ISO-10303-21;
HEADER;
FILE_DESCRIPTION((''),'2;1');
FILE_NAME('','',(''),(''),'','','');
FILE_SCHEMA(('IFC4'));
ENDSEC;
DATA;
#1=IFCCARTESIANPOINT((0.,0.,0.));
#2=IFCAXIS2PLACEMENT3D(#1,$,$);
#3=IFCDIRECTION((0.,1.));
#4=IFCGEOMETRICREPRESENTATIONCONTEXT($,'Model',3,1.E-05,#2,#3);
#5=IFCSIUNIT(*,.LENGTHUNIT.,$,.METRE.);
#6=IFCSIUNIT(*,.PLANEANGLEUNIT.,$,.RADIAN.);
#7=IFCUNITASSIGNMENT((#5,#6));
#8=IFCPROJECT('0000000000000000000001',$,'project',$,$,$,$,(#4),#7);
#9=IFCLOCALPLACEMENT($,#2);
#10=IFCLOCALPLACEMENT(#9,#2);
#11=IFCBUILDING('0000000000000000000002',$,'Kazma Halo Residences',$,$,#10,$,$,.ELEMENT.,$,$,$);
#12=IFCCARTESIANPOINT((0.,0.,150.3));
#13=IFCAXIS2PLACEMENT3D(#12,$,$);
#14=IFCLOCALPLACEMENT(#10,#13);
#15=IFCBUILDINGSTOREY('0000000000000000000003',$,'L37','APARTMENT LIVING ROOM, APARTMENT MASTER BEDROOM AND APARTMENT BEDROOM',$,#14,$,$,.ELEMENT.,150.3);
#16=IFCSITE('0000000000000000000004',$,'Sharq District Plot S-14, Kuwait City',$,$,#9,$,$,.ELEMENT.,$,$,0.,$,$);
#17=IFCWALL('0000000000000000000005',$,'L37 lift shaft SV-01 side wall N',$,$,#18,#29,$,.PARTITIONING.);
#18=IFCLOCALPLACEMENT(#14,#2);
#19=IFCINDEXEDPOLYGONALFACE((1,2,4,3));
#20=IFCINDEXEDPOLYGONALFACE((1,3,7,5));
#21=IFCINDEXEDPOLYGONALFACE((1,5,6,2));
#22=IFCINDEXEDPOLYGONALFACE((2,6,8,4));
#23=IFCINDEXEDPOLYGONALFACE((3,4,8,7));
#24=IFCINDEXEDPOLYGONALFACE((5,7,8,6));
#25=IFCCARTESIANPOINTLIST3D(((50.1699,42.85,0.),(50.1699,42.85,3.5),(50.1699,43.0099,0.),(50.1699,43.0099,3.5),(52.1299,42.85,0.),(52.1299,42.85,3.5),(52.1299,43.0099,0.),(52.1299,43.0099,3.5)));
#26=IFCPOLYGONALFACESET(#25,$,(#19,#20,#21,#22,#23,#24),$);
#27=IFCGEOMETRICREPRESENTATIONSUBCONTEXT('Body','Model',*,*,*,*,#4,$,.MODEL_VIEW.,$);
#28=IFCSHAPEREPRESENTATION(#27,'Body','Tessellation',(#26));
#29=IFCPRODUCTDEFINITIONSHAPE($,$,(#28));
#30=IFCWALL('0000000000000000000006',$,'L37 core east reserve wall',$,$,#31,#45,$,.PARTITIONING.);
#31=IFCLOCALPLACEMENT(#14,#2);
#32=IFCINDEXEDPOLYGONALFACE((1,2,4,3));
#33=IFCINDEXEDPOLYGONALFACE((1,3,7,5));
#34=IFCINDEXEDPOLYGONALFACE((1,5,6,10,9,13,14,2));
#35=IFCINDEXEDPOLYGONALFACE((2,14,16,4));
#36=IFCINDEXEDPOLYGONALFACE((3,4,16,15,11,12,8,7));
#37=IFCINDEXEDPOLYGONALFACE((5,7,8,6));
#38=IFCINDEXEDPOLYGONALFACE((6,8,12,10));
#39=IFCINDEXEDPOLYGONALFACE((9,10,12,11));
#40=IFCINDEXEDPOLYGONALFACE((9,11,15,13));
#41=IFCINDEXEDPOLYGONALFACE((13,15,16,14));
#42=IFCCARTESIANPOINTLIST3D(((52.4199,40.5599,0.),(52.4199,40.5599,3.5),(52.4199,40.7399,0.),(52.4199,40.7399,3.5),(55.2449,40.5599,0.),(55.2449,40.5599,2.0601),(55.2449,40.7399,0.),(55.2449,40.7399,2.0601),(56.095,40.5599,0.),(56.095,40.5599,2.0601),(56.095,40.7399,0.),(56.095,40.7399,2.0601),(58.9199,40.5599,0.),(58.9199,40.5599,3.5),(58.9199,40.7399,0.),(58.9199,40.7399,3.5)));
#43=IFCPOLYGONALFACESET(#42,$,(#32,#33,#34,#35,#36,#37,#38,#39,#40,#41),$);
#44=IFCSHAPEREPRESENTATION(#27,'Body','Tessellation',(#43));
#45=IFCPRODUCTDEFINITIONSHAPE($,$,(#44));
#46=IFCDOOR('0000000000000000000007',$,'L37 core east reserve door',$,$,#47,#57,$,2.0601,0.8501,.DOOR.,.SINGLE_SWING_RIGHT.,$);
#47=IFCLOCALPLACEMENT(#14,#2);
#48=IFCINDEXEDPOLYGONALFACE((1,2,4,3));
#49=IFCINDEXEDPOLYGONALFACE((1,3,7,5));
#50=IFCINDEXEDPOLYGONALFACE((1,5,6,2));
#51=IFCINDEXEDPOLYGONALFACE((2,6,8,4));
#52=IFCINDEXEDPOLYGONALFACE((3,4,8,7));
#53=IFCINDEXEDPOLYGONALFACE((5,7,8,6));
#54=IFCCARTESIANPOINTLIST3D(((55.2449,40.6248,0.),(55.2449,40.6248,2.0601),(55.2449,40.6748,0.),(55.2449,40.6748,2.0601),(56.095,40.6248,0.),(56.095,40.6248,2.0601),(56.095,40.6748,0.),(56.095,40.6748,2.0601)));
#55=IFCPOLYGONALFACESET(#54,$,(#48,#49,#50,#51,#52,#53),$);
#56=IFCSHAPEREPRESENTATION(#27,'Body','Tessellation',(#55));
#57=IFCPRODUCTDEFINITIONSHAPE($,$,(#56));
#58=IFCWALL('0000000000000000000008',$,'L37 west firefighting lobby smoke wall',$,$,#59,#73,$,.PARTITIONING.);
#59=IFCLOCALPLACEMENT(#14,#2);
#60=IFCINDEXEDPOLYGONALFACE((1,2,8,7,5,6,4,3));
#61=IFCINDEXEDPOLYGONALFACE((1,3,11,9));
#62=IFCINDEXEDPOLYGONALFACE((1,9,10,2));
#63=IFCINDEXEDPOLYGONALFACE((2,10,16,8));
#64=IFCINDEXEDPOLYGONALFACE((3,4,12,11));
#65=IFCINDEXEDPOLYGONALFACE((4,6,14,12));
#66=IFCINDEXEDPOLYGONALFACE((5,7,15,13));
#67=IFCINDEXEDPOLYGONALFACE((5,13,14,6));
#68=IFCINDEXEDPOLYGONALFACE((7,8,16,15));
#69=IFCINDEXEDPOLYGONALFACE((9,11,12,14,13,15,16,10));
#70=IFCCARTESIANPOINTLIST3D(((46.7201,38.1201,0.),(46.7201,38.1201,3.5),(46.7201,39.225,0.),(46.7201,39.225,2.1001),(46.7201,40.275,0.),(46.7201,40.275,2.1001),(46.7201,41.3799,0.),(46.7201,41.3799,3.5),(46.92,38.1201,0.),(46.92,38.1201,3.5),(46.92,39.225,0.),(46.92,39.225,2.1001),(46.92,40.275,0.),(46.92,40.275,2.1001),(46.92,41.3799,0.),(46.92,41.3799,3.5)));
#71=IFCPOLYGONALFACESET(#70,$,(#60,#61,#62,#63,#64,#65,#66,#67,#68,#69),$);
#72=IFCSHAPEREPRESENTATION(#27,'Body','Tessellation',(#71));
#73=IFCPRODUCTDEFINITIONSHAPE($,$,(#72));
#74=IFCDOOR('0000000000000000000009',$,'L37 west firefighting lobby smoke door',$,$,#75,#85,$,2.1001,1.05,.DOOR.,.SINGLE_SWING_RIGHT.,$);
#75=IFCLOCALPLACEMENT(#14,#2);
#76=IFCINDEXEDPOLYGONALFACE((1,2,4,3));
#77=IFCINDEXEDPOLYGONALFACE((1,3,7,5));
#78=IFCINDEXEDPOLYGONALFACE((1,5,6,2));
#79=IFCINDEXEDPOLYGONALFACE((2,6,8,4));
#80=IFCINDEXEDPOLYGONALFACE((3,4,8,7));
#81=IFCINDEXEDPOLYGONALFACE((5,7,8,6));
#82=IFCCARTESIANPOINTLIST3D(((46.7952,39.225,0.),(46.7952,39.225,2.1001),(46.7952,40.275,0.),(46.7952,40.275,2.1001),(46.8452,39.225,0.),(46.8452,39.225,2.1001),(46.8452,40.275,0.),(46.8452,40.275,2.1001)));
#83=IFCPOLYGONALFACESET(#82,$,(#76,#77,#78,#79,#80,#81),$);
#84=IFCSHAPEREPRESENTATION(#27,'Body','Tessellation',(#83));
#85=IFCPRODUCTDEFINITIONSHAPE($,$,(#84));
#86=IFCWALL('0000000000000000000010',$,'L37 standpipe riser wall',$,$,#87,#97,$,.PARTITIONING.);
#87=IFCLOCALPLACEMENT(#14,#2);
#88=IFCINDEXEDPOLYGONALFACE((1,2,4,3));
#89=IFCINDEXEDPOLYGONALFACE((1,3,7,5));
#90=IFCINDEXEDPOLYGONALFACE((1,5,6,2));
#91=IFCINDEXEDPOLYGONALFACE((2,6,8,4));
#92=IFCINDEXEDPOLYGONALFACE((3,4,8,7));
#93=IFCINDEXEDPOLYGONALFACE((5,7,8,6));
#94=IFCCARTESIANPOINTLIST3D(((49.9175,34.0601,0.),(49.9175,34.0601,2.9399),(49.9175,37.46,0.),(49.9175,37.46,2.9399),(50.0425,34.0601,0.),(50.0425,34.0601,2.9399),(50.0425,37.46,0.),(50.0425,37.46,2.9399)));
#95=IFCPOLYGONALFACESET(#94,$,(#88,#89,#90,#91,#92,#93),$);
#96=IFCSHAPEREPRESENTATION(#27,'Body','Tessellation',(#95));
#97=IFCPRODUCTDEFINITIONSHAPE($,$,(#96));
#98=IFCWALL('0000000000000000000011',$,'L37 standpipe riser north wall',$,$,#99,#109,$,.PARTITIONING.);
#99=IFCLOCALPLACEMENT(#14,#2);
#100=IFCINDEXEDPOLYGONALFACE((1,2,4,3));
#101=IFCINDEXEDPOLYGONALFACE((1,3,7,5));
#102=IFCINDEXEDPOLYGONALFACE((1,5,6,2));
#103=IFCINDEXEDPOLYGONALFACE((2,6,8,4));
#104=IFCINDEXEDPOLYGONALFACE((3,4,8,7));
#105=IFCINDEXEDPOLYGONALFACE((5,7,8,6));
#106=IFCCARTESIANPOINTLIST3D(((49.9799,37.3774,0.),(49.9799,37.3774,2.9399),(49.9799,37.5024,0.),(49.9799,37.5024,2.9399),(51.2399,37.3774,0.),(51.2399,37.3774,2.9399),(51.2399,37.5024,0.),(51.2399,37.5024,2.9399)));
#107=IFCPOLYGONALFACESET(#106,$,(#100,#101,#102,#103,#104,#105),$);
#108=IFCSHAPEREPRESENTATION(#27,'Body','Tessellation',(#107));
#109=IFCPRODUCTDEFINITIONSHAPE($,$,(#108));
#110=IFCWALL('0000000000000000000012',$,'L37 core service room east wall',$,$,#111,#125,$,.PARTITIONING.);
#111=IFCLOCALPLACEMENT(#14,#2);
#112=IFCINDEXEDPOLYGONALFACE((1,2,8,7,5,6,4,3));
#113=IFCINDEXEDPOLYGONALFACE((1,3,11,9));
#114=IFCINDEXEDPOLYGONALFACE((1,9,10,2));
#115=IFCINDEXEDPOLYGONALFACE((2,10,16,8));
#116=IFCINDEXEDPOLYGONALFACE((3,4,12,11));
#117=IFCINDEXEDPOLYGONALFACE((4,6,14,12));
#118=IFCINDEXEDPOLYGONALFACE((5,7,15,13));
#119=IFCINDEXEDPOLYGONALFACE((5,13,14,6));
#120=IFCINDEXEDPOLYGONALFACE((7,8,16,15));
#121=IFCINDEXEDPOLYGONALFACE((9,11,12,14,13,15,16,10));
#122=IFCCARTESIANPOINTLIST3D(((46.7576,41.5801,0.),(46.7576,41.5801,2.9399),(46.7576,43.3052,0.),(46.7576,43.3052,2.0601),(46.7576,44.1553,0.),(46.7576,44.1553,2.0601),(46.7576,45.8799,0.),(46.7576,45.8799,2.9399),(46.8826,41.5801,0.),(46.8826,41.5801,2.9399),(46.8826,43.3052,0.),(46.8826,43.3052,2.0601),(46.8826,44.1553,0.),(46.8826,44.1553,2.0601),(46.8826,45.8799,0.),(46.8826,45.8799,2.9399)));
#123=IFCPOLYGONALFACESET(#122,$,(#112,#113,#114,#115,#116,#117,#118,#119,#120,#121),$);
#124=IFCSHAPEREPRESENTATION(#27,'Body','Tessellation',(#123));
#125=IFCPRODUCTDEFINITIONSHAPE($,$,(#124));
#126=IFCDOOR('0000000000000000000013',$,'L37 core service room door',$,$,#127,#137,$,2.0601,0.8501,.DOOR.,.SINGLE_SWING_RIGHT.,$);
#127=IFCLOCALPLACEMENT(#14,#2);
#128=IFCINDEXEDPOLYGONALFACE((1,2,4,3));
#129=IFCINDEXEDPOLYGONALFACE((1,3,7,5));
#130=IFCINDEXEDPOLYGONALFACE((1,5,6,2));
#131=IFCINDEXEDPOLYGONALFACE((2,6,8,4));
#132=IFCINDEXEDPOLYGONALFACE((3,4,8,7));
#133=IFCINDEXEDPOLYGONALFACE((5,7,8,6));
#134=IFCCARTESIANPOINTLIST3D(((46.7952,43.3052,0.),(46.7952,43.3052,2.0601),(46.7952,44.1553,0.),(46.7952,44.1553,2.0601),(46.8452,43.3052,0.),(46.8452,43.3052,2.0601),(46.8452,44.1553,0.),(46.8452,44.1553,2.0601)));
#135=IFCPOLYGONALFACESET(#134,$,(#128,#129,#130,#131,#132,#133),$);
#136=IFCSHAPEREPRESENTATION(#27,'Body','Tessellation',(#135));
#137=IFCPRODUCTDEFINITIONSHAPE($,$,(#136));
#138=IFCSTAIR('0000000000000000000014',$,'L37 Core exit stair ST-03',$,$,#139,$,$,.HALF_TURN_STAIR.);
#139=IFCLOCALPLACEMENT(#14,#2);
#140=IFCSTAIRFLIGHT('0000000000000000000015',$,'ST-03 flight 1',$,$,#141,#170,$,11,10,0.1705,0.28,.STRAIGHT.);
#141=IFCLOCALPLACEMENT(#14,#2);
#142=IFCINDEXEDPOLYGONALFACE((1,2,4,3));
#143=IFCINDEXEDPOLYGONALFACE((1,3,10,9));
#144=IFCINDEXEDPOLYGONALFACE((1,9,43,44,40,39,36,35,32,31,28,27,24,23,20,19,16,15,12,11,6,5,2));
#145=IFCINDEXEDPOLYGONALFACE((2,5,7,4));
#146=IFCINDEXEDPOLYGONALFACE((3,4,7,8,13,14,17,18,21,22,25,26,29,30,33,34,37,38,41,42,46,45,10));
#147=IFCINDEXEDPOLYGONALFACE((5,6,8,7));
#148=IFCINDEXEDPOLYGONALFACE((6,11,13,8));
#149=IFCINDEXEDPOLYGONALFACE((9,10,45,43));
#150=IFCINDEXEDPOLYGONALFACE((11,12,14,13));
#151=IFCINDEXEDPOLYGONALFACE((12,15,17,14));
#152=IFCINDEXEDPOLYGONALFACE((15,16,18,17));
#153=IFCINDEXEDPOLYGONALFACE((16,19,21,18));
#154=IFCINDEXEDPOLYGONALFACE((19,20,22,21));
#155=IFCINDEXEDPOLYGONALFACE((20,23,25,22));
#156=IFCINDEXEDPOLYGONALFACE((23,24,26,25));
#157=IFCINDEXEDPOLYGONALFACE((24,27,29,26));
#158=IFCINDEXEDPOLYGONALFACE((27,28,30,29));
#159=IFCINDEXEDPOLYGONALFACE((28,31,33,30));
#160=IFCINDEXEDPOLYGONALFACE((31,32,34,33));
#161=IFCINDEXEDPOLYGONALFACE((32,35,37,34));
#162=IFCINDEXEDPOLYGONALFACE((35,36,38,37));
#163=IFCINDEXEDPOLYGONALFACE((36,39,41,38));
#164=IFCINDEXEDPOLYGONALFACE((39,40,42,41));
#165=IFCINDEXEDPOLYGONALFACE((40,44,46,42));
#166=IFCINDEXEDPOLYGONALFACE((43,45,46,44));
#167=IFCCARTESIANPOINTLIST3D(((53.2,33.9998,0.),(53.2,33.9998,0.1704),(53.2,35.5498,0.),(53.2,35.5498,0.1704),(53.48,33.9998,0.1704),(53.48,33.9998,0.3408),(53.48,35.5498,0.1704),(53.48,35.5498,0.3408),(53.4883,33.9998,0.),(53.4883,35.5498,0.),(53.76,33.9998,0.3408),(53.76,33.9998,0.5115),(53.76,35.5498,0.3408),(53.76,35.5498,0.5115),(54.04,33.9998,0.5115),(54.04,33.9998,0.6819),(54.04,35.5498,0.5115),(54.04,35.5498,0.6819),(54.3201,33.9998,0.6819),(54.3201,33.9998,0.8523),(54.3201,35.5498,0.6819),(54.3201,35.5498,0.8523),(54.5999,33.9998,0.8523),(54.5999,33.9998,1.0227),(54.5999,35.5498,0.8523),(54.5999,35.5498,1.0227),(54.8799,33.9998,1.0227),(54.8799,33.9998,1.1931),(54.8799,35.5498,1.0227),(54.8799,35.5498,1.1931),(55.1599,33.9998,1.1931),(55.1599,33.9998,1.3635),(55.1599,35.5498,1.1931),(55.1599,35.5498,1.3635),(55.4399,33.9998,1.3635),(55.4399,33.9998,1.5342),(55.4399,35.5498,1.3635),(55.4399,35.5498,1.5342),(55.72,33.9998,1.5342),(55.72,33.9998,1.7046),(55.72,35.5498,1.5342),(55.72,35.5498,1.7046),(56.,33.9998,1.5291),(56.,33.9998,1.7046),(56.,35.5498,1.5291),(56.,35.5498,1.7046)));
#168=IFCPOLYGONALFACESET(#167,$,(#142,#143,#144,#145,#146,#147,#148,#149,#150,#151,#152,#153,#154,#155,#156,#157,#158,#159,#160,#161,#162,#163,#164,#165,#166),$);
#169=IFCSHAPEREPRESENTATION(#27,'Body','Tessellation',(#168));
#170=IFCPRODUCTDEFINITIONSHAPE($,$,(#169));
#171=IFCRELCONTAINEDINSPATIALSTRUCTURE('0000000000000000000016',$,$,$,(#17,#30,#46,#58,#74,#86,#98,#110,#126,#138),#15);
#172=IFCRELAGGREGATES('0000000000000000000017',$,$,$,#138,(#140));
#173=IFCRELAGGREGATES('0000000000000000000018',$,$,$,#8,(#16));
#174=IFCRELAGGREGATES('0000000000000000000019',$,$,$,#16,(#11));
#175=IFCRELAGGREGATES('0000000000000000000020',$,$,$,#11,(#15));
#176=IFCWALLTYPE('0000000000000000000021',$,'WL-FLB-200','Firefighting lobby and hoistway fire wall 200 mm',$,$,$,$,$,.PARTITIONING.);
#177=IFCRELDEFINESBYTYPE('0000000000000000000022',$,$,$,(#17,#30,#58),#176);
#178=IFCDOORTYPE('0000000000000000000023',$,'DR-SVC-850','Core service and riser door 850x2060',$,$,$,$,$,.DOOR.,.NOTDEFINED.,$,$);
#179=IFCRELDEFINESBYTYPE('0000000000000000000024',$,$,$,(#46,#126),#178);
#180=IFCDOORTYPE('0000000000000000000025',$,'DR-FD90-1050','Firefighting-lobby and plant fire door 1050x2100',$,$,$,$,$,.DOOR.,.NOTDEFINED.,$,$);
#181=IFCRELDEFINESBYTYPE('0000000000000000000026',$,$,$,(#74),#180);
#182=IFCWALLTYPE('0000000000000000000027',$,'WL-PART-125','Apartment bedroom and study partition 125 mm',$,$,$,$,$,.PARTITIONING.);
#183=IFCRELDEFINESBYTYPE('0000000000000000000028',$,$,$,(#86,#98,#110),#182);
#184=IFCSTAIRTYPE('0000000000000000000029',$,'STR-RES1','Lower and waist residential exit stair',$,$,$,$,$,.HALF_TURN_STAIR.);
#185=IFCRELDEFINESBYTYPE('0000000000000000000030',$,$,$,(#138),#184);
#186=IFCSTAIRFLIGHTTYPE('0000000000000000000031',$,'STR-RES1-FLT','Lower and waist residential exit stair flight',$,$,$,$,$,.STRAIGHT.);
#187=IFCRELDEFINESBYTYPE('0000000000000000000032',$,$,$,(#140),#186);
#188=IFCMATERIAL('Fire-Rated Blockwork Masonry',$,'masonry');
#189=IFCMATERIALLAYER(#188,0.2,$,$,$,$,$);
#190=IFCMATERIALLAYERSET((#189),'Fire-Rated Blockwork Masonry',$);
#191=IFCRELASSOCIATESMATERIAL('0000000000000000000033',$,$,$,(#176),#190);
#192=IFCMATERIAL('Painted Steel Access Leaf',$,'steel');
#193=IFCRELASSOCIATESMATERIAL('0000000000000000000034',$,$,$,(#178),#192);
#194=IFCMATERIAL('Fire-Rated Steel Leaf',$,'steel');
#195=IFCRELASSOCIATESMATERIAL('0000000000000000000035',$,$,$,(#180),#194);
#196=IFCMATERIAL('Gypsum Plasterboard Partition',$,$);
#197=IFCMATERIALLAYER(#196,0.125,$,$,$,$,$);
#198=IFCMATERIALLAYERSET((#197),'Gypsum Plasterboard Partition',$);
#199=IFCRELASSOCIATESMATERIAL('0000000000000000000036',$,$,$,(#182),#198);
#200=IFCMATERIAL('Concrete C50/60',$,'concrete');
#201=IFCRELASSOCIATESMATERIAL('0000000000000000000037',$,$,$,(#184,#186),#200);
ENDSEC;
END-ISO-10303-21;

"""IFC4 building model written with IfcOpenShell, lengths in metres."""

from ifc_helpers import new_model, si_unit, direction, frame, frame_2d, origin, place, context, subcontext, project, spatial, polyline, rectangle, outline, extrude, material, layer, layer_set, type_object, element, fill, aggregate, save


model = new_model("IFC4")

# Units and contexts
model_context = context("Model", 3, precision=1e-05, world=origin(), true_north=direction((0.0, 1.0)))
body_context = subcontext(model_context, "Body", "Model", "MODEL_VIEW")
ifc_project = project(units=[si_unit("LENGTHUNIT", "METRE"), si_unit("PLANEANGLEUNIT", "RADIAN")], contexts=[model_context])

# Site, building, storey
site_placement = place(None, origin())
site = spatial("IfcSite", under=ifc_project, at=site_placement, Name="Sharq District Plot S-14, Kuwait City", CompositionType="ELEMENT", RefElevation=0.0)
building_placement = place(site_placement, origin())
building = spatial("IfcBuilding", under=site, at=building_placement, Name="Kazma Halo Residences", CompositionType="ELEMENT")
storey_placement = place(building_placement, frame((0.0, 0.0, 150.3)))
storey = spatial("IfcBuildingStorey", under=building, at=storey_placement, Name="L37", Description="APARTMENT LIVING ROOM, APARTMENT MASTER BEDROOM AND APARTMENT BEDROOM", CompositionType="ELEMENT", Elevation=150.3)

# Shared definitions
ifc_material_1 = material(Name="Fire-Rated Blockwork Masonry", Category="masonry")
ifc_layer_1 = layer(ifc_material_1, 0.2)
ifc_layer_set_1 = layer_set([ifc_layer_1], Name="Fire-Rated Blockwork Masonry")
wall_type_1 = type_object("IfcWallType", Name="WL-FLB-200", Description="Firefighting lobby and hoistway fire wall 200 mm", PredefinedType="PARTITIONING", material=ifc_layer_set_1)

# Wall
wall_1_placement = place(storey_placement, frame((50.1699, 42.9299, 0.0), z_axis=(0.0, 0.0, 1.0), x_axis=(1.0, 0.0, 0.0)))
element("IfcWall", 1, at=wall_1_placement, inside=storey, type_object=wall_type_1, Name="L37 lift shaft SV-01 side wall N", PredefinedType="PARTITIONING", context=body_context, shape_type="SweptSolid", body=[
    extrude(rectangle(XDim=1.96, YDim=0.1599, at=frame_2d((0.98, 0.0))), origin(), (0.0, 0.0, 1.0), 3.5),
])

# Walls, openings, doors
wall_2_placement = place(storey_placement, frame((52.4199, 40.6499, 0.0), z_axis=(0.0, 0.0, 1.0), x_axis=(1.0, 0.0, 0.0)))
wall_2 = element("IfcWall", 2, at=wall_2_placement, inside=storey, type_object=wall_type_1, Name="L37 core east reserve wall", PredefinedType="PARTITIONING", context=body_context, shape_type="SweptSolid", body=[
    extrude(rectangle(XDim=6.5, YDim=0.1799, at=frame_2d((3.25, 0.0))), origin(), (0.0, 0.0, 1.0), 3.5),
])
opening_1_placement = place(wall_2_placement, frame((2.825, 0.0, 0.0)))
opening_1 = element("IfcOpeningElement", 3, at=opening_1_placement, cuts=wall_2, PredefinedType="OPENING", context=body_context, shape_type="SweptSolid", body=[
    extrude(rectangle(XDim=0.8501, YDim=2.0601, at=frame_2d((0.425, 1.03))), frame((0.0, 0.0999, 0.0), z_axis=(0.0, -1.0, 0.0), x_axis=(1.0, 0.0, 0.0)), (0.0, 0.0, 1.0), 0.2),
])
ifc_material_2 = material(Name="Painted Steel Access Leaf", Category="steel")
door_type_1 = type_object("IfcDoorType", Name="DR-SVC-850", Description="Core service and riser door 850x2060", OperationType="NOTDEFINED", PredefinedType="DOOR", material=ifc_material_2)
door_1_placement = place(opening_1_placement, origin())
door_1 = element("IfcDoor", 4, at=door_1_placement, inside=storey, type_object=door_type_1, Name="L37 core east reserve door", OperationType="SINGLE_SWING_RIGHT", OverallHeight=2.0601, OverallWidth=0.8501, PredefinedType="DOOR", context=body_context, shape_type="SweptSolid", body=[
    extrude(rectangle(XDim=0.8501, YDim=2.0601, at=frame_2d((0.425, 1.03))), frame((0.0, 0.0249, 0.0), z_axis=(0.0, -1.0, 0.0), x_axis=(1.0, 0.0, 0.0)), (0.0, 0.0, 1.0), 0.05),
])
fill(opening_1, door_1)
wall_3_placement = place(storey_placement, frame((46.8201, 38.1201, 0.0), z_axis=(0.0, 0.0, 1.0), x_axis=(0.0, 1.0, 0.0)))
wall_3 = element("IfcWall", 5, at=wall_3_placement, inside=storey, type_object=wall_type_1, Name="L37 west firefighting lobby smoke wall", PredefinedType="PARTITIONING", context=body_context, shape_type="SweptSolid", body=[
    extrude(rectangle(XDim=3.2598, YDim=0.2, at=frame_2d((1.6299, 0.0))), origin(), (0.0, 0.0, 1.0), 3.5),
])
opening_2_placement = place(wall_3_placement, frame((1.105, 0.0, 0.0)))
opening_2 = element("IfcOpeningElement", 6, at=opening_2_placement, cuts=wall_3, PredefinedType="OPENING", context=body_context, shape_type="SweptSolid", body=[
    extrude(rectangle(XDim=1.05, YDim=2.1001, at=frame_2d((0.5249, 1.05))), frame((0.0, 0.1099, 0.0), z_axis=(0.0, -1.0, 0.0), x_axis=(1.0, 0.0, 0.0)), (0.0, 0.0, 1.0), 0.22),
])
ifc_material_3 = material(Name="Fire-Rated Steel Leaf", Category="steel")
door_type_2 = type_object("IfcDoorType", Name="DR-FD90-1050", Description="Firefighting-lobby and plant fire door 1050x2100", OperationType="NOTDEFINED", PredefinedType="DOOR", material=ifc_material_3)
door_2_placement = place(opening_2_placement, origin())
door_2 = element("IfcDoor", 7, at=door_2_placement, inside=storey, type_object=door_type_2, Name="L37 west firefighting lobby smoke door", OperationType="SINGLE_SWING_RIGHT", OverallHeight=2.1001, OverallWidth=1.05, PredefinedType="DOOR", context=body_context, shape_type="SweptSolid", body=[
    extrude(rectangle(XDim=1.05, YDim=2.1001, at=frame_2d((0.5249, 1.05))), frame((0.0, 0.0249, 0.0), z_axis=(0.0, -1.0, 0.0), x_axis=(1.0, 0.0, 0.0)), (0.0, 0.0, 1.0), 0.05),
])
fill(opening_2, door_2)

# Walls
ifc_material_4 = material(Name="Gypsum Plasterboard Partition")
ifc_layer_2 = layer(ifc_material_4, 0.125)
ifc_layer_set_2 = layer_set([ifc_layer_2], Name="Gypsum Plasterboard Partition")
wall_type_2 = type_object("IfcWallType", Name="WL-PART-125", Description="Apartment bedroom and study partition 125 mm", PredefinedType="PARTITIONING", material=ifc_layer_set_2)
wall_4_placement = place(storey_placement, frame((49.98, 34.0601, 0.0), z_axis=(0.0, 0.0, 1.0), x_axis=(0.0, 1.0, 0.0)))
element("IfcWall", 8, at=wall_4_placement, inside=storey, type_object=wall_type_2, Name="L37 standpipe riser wall", PredefinedType="PARTITIONING", context=body_context, shape_type="SweptSolid", body=[
    extrude(rectangle(XDim=3.3999, YDim=0.125, at=frame_2d((1.7, 0.0))), origin(), (0.0, 0.0, 1.0), 2.9399),
])
wall_5_placement = place(storey_placement, frame((49.98, 37.4399, 0.0), z_axis=(0.0, 0.0, 1.0), x_axis=(1.0, 0.0, 0.0)))
element("IfcWall", 9, at=wall_5_placement, inside=storey, type_object=wall_type_2, Name="L37 standpipe riser north wall", PredefinedType="PARTITIONING", context=body_context, shape_type="SweptSolid", body=[
    extrude(rectangle(XDim=1.26, YDim=0.125, at=frame_2d((0.6299, 0.0))), origin(), (0.0, 0.0, 1.0), 2.9399),
])

# Wall, opening, door
wall_6_placement = place(storey_placement, frame((46.8201, 41.5801, 0.0), z_axis=(0.0, 0.0, 1.0), x_axis=(0.0, 1.0, 0.0)))
wall_6 = element("IfcWall", 10, at=wall_6_placement, inside=storey, type_object=wall_type_2, Name="L37 core service room east wall", PredefinedType="PARTITIONING", context=body_context, shape_type="SweptSolid", body=[
    extrude(rectangle(XDim=4.2998, YDim=0.125, at=frame_2d((2.1499, 0.0))), origin(), (0.0, 0.0, 1.0), 2.9399),
])
opening_3_placement = place(wall_6_placement, frame((1.7251, 0.0, 0.0)))
opening_3 = element("IfcOpeningElement", 11, at=opening_3_placement, cuts=wall_6, PredefinedType="OPENING", context=body_context, shape_type="SweptSolid", body=[
    extrude(rectangle(XDim=0.8501, YDim=2.0601, at=frame_2d((0.425, 1.03))), frame((0.0, 0.0725, 0.0), z_axis=(0.0, -1.0, 0.0), x_axis=(1.0, 0.0, 0.0)), (0.0, 0.0, 1.0), 0.145),
])
door_3_placement = place(opening_3_placement, origin())
door_3 = element("IfcDoor", 12, at=door_3_placement, inside=storey, type_object=door_type_1, Name="L37 core service room door", OperationType="SINGLE_SWING_RIGHT", OverallHeight=2.0601, OverallWidth=0.8501, PredefinedType="DOOR", context=body_context, shape_type="SweptSolid", body=[
    extrude(rectangle(XDim=0.8501, YDim=2.0601, at=frame_2d((0.425, 1.03))), frame((0.0, 0.0249, 0.0), z_axis=(0.0, -1.0, 0.0), x_axis=(1.0, 0.0, 0.0)), (0.0, 0.0, 1.0), 0.05),
])
fill(opening_3, door_3)
ifc_material_5 = material(Name="Concrete C50/60", Category="concrete")

# Stair, stair flight
stair_type = type_object("IfcStairType", Name="STR-RES1", Description="Lower and waist residential exit stair", PredefinedType="HALF_TURN_STAIR", material=ifc_material_5)
stair_placement = place(storey_placement, origin())
stair = element("IfcStair", 13, at=stair_placement, inside=storey, type_object=stair_type, Name="L37 Core exit stair ST-03", PredefinedType="HALF_TURN_STAIR")
stair_flight_type = type_object("IfcStairFlightType", Name="STR-RES1-FLT", Description="Lower and waist residential exit stair flight", PredefinedType="STRAIGHT", material=ifc_material_5)
stair_flight_1_placement = place(storey_placement, frame((53.2, 34.7749, 0.0), z_axis=(0.0, 0.0, 1.0), x_axis=(1.0, 0.0, 0.0)))
stair_flight_1 = element("IfcStairFlight", 14, at=stair_flight_1_placement, type_object=stair_flight_type, Name="ST-03 flight 1", NumberOfRisers=11, NumberOfTreads=10, PredefinedType="STRAIGHT", RiserHeight=0.1705, TreadLength=0.28, context=body_context, shape_type="SweptSolid", body=[
    extrude(outline(polyline([(0.0, 0.0), (0.0, 0.1704), (0.28, 0.1704), (0.28, 0.3408), (0.5601, 0.3408), (0.5601, 0.5115), (0.8401, 0.5115), (0.8401, 0.6819), (1.1201, 0.6819), (1.1201, 0.8523), (1.3999, 0.8523), (1.3999, 1.0227), (1.6799, 1.0227), (1.6799, 1.1931), (1.96, 1.1931), (1.96, 1.3635), (2.24, 1.3635), (2.24, 1.5342), (2.52, 1.5342), (2.52, 1.7046), (2.8, 1.7046), (2.8, 1.875), (2.8, 1.5291), (0.2883, 0.0), (0.0, 0.0)])), frame((0.0, 0.7749, 0.0), z_axis=(0.0, -1.0, 0.0), x_axis=(1.0, 0.0, 0.0)), (0.0, 0.0, 1.0), 1.55),
])
aggregate(stair, [stair_flight_1])

save(model, "model.ifc")
